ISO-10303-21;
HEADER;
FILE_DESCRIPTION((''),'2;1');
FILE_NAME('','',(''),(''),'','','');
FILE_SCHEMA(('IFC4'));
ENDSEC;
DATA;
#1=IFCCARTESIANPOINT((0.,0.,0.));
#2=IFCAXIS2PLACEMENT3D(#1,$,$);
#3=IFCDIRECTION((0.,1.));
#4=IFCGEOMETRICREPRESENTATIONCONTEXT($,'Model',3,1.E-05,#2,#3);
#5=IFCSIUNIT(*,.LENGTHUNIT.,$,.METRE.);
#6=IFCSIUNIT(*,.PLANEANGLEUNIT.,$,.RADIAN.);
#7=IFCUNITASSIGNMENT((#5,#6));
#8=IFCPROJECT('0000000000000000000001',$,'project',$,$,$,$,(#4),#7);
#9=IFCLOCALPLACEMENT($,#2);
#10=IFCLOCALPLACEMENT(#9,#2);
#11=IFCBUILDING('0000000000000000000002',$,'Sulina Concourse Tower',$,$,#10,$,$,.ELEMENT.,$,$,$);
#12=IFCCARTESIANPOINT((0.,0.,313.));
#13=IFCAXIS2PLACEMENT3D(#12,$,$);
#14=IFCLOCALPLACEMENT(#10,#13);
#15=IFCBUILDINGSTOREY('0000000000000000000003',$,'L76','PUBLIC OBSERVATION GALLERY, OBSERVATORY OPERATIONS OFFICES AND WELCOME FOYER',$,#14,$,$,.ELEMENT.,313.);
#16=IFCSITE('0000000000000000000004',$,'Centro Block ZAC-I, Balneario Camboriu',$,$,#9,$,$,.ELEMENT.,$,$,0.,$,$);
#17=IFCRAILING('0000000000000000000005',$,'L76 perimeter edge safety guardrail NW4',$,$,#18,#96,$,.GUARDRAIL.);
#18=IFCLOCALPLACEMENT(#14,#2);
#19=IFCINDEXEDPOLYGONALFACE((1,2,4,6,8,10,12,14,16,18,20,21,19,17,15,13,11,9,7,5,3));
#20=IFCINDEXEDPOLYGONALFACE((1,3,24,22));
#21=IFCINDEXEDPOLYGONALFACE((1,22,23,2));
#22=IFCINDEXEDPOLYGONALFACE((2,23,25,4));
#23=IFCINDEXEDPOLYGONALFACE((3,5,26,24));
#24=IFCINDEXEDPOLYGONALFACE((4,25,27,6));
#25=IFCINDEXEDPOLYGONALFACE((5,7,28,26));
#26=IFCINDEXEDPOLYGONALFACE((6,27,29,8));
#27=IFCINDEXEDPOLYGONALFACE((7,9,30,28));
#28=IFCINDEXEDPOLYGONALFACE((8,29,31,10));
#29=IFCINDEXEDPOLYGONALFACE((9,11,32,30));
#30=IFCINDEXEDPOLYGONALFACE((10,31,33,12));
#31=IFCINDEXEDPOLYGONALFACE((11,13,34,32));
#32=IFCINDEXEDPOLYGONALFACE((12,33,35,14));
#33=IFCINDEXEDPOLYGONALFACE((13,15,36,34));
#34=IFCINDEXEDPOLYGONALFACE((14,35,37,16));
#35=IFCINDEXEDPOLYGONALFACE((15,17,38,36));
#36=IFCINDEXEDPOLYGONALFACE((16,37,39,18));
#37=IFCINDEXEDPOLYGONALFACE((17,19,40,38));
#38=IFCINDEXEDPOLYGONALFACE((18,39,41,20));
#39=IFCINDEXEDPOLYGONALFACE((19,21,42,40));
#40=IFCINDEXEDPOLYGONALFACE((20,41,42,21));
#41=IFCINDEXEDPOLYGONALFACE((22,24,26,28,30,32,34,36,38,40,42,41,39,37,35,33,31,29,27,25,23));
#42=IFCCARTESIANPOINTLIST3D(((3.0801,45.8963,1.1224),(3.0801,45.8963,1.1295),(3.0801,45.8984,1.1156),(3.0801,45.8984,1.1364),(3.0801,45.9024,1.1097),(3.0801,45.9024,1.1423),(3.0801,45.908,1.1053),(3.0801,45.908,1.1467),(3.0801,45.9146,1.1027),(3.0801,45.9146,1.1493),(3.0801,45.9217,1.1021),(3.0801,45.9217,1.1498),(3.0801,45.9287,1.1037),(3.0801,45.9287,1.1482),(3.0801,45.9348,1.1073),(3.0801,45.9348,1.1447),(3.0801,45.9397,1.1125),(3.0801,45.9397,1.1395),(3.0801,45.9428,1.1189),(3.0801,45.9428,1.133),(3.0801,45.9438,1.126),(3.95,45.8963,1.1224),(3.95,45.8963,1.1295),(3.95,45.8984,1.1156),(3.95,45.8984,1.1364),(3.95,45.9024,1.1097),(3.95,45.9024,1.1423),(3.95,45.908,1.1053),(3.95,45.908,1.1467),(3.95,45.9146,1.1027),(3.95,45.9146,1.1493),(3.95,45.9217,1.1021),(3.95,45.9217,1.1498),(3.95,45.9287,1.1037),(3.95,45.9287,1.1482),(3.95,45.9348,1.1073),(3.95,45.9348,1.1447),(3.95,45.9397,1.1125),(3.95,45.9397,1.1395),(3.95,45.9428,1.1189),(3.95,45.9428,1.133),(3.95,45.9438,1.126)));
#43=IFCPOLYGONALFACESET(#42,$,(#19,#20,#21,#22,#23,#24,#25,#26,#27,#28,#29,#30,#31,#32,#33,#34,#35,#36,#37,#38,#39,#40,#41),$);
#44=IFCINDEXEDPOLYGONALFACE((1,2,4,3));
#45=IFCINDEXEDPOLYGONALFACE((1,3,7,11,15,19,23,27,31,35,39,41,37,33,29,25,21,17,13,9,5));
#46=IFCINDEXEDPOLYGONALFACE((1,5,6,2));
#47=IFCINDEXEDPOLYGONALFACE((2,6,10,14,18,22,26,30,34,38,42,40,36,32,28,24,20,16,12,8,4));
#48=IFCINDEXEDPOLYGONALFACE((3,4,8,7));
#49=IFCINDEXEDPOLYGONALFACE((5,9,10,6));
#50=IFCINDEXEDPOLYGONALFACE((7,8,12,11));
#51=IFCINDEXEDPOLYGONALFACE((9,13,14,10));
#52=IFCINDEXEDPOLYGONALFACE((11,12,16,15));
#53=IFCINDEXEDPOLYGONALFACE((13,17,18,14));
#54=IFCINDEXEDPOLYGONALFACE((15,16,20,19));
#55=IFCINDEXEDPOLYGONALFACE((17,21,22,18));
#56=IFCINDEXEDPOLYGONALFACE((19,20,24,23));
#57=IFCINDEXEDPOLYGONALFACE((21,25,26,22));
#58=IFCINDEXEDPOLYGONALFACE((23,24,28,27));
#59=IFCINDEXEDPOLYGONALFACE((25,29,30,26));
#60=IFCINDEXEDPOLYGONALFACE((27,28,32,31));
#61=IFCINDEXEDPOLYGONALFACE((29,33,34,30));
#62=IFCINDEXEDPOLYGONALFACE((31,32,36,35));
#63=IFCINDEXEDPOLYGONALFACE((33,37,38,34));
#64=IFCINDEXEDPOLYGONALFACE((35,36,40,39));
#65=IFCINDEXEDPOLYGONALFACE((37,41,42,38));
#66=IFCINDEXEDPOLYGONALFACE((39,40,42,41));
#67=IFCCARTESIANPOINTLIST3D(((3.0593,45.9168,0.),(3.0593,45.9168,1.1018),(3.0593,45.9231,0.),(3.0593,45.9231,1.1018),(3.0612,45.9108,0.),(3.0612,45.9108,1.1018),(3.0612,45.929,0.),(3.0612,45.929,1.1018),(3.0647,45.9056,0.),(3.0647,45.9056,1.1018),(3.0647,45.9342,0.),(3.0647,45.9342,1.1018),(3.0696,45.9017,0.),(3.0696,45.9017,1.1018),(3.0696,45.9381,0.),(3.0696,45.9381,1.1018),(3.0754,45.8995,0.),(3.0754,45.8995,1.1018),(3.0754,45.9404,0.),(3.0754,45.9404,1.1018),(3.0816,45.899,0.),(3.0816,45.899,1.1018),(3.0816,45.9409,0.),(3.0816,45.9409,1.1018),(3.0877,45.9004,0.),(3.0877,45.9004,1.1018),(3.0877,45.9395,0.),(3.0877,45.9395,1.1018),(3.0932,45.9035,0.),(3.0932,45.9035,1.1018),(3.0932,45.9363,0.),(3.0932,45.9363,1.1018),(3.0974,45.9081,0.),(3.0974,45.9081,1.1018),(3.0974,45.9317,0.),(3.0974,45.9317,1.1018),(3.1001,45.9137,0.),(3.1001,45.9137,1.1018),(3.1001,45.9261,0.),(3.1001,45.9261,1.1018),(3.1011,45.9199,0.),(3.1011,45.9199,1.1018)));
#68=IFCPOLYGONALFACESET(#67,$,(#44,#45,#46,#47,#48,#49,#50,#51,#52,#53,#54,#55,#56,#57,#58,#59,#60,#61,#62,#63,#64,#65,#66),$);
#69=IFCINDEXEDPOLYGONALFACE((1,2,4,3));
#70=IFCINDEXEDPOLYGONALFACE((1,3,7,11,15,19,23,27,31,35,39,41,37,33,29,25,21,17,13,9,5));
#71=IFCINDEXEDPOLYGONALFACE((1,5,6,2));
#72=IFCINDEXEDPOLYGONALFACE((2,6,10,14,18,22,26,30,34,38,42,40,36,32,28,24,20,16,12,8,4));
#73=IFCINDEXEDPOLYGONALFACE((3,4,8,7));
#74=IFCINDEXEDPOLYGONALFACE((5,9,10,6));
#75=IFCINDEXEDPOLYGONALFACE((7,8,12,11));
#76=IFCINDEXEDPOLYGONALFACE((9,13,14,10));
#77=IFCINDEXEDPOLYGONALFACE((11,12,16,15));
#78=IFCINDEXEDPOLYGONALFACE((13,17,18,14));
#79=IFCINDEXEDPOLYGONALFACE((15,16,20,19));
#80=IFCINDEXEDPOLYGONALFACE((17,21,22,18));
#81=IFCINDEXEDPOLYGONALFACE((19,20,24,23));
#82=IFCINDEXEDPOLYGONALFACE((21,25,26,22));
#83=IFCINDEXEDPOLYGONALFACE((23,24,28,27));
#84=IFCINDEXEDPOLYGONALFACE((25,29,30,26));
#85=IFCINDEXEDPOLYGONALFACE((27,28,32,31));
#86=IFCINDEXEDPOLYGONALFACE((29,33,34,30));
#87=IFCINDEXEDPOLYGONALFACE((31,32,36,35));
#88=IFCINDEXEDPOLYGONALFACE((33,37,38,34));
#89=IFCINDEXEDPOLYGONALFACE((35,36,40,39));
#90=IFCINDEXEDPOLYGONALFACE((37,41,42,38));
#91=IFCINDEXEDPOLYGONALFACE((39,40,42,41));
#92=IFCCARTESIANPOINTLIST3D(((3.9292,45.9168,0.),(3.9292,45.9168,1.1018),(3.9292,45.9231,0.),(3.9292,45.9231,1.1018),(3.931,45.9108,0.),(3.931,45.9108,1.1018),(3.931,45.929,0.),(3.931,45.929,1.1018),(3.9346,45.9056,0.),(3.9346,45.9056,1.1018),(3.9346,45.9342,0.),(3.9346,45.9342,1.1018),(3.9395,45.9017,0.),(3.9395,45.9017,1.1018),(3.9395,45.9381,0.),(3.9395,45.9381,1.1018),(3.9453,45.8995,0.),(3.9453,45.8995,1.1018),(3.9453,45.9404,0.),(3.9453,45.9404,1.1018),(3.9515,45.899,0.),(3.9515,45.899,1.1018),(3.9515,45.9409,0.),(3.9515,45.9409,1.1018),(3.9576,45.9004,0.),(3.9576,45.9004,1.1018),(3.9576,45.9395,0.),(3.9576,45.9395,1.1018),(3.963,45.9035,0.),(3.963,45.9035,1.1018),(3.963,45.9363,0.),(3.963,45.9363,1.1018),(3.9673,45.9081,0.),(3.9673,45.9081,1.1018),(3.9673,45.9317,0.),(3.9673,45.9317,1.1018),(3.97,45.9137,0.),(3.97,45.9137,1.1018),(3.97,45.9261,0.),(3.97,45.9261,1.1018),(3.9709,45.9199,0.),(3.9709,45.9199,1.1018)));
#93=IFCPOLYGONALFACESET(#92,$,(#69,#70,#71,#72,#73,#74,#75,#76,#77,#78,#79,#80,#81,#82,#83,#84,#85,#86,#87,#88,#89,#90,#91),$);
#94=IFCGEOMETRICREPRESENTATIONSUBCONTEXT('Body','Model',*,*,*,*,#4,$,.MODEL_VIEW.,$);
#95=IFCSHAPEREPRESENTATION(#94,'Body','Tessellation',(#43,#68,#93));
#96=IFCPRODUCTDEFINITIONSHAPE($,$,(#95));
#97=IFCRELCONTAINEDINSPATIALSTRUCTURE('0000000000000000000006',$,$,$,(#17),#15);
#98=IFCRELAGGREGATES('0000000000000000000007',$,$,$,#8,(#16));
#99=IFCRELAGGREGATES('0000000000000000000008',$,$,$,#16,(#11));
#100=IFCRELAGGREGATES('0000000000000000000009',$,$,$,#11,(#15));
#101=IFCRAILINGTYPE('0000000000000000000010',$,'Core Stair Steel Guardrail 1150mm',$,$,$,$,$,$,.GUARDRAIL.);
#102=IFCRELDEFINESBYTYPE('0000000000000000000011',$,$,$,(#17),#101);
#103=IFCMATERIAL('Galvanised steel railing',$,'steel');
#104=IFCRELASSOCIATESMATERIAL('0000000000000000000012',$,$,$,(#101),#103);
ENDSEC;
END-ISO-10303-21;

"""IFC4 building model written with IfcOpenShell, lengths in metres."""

from ifc_helpers import new_model, si_unit, direction, frame, origin, origin_2d, place, context, subcontext, project, spatial, circle, extrude, material, type_object, element, save


model = new_model("IFC4")

# Units and contexts
model_context = context("Model", 3, precision=1e-05, world=origin(), true_north=direction((0.0, 1.0)))
body_context = subcontext(model_context, "Body", "Model", "MODEL_VIEW")
ifc_project = project(units=[si_unit("LENGTHUNIT", "METRE"), si_unit("PLANEANGLEUNIT", "RADIAN")], contexts=[model_context])

# Site, building, storey
site_placement = place(None, origin())
site = spatial("IfcSite", under=ifc_project, at=site_placement, Name="Centro Block ZAC-I, Balneario Camboriu", CompositionType="ELEMENT", RefElevation=0.0)
building_placement = place(site_placement, origin())
building = spatial("IfcBuilding", under=site, at=building_placement, Name="Sulina Concourse Tower", CompositionType="ELEMENT")
storey_placement = place(building_placement, frame((0.0, 0.0, 313.0)))
storey = spatial("IfcBuildingStorey", under=building, at=storey_placement, Name="L76", Description="PUBLIC OBSERVATION GALLERY, OBSERVATORY OPERATIONS OFFICES AND WELCOME FOYER", CompositionType="ELEMENT", Elevation=313.0)

# Railing
ifc_material_1 = material(Name="Galvanised steel railing", Category="steel")
railing_type_1 = type_object("IfcRailingType", Name="Core Stair Steel Guardrail 1150mm", PredefinedType="GUARDRAIL", material=ifc_material_1)
railing_1_placement = place(storey_placement, frame((3.0801, 45.9199, 0.0)))
element("IfcRailing", 1, at=railing_1_placement, inside=storey, type_object=railing_type_1, Name="L76 perimeter edge safety guardrail NW4", PredefinedType="GUARDRAIL", context=body_context, shape_type="SweptSolid", body=[
    extrude(circle(Radius=0.0239, at=origin_2d()), frame((0.0, 0.0, 1.126), z_axis=(1.0, 0.0, 0.0), x_axis=(0.0, 1.0, 0.0)), (0.0, 0.0, 1.0), 0.8699),
    extrude(circle(Radius=0.021, at=origin_2d()), origin(), (0.0, 0.0, 1.0), 1.1018),
    extrude(circle(Radius=0.021, at=origin_2d()), frame((0.8699, 0.0, 0.0)), (0.0, 0.0, 1.0), 1.1018),
])

save(model, "model.ifc")
